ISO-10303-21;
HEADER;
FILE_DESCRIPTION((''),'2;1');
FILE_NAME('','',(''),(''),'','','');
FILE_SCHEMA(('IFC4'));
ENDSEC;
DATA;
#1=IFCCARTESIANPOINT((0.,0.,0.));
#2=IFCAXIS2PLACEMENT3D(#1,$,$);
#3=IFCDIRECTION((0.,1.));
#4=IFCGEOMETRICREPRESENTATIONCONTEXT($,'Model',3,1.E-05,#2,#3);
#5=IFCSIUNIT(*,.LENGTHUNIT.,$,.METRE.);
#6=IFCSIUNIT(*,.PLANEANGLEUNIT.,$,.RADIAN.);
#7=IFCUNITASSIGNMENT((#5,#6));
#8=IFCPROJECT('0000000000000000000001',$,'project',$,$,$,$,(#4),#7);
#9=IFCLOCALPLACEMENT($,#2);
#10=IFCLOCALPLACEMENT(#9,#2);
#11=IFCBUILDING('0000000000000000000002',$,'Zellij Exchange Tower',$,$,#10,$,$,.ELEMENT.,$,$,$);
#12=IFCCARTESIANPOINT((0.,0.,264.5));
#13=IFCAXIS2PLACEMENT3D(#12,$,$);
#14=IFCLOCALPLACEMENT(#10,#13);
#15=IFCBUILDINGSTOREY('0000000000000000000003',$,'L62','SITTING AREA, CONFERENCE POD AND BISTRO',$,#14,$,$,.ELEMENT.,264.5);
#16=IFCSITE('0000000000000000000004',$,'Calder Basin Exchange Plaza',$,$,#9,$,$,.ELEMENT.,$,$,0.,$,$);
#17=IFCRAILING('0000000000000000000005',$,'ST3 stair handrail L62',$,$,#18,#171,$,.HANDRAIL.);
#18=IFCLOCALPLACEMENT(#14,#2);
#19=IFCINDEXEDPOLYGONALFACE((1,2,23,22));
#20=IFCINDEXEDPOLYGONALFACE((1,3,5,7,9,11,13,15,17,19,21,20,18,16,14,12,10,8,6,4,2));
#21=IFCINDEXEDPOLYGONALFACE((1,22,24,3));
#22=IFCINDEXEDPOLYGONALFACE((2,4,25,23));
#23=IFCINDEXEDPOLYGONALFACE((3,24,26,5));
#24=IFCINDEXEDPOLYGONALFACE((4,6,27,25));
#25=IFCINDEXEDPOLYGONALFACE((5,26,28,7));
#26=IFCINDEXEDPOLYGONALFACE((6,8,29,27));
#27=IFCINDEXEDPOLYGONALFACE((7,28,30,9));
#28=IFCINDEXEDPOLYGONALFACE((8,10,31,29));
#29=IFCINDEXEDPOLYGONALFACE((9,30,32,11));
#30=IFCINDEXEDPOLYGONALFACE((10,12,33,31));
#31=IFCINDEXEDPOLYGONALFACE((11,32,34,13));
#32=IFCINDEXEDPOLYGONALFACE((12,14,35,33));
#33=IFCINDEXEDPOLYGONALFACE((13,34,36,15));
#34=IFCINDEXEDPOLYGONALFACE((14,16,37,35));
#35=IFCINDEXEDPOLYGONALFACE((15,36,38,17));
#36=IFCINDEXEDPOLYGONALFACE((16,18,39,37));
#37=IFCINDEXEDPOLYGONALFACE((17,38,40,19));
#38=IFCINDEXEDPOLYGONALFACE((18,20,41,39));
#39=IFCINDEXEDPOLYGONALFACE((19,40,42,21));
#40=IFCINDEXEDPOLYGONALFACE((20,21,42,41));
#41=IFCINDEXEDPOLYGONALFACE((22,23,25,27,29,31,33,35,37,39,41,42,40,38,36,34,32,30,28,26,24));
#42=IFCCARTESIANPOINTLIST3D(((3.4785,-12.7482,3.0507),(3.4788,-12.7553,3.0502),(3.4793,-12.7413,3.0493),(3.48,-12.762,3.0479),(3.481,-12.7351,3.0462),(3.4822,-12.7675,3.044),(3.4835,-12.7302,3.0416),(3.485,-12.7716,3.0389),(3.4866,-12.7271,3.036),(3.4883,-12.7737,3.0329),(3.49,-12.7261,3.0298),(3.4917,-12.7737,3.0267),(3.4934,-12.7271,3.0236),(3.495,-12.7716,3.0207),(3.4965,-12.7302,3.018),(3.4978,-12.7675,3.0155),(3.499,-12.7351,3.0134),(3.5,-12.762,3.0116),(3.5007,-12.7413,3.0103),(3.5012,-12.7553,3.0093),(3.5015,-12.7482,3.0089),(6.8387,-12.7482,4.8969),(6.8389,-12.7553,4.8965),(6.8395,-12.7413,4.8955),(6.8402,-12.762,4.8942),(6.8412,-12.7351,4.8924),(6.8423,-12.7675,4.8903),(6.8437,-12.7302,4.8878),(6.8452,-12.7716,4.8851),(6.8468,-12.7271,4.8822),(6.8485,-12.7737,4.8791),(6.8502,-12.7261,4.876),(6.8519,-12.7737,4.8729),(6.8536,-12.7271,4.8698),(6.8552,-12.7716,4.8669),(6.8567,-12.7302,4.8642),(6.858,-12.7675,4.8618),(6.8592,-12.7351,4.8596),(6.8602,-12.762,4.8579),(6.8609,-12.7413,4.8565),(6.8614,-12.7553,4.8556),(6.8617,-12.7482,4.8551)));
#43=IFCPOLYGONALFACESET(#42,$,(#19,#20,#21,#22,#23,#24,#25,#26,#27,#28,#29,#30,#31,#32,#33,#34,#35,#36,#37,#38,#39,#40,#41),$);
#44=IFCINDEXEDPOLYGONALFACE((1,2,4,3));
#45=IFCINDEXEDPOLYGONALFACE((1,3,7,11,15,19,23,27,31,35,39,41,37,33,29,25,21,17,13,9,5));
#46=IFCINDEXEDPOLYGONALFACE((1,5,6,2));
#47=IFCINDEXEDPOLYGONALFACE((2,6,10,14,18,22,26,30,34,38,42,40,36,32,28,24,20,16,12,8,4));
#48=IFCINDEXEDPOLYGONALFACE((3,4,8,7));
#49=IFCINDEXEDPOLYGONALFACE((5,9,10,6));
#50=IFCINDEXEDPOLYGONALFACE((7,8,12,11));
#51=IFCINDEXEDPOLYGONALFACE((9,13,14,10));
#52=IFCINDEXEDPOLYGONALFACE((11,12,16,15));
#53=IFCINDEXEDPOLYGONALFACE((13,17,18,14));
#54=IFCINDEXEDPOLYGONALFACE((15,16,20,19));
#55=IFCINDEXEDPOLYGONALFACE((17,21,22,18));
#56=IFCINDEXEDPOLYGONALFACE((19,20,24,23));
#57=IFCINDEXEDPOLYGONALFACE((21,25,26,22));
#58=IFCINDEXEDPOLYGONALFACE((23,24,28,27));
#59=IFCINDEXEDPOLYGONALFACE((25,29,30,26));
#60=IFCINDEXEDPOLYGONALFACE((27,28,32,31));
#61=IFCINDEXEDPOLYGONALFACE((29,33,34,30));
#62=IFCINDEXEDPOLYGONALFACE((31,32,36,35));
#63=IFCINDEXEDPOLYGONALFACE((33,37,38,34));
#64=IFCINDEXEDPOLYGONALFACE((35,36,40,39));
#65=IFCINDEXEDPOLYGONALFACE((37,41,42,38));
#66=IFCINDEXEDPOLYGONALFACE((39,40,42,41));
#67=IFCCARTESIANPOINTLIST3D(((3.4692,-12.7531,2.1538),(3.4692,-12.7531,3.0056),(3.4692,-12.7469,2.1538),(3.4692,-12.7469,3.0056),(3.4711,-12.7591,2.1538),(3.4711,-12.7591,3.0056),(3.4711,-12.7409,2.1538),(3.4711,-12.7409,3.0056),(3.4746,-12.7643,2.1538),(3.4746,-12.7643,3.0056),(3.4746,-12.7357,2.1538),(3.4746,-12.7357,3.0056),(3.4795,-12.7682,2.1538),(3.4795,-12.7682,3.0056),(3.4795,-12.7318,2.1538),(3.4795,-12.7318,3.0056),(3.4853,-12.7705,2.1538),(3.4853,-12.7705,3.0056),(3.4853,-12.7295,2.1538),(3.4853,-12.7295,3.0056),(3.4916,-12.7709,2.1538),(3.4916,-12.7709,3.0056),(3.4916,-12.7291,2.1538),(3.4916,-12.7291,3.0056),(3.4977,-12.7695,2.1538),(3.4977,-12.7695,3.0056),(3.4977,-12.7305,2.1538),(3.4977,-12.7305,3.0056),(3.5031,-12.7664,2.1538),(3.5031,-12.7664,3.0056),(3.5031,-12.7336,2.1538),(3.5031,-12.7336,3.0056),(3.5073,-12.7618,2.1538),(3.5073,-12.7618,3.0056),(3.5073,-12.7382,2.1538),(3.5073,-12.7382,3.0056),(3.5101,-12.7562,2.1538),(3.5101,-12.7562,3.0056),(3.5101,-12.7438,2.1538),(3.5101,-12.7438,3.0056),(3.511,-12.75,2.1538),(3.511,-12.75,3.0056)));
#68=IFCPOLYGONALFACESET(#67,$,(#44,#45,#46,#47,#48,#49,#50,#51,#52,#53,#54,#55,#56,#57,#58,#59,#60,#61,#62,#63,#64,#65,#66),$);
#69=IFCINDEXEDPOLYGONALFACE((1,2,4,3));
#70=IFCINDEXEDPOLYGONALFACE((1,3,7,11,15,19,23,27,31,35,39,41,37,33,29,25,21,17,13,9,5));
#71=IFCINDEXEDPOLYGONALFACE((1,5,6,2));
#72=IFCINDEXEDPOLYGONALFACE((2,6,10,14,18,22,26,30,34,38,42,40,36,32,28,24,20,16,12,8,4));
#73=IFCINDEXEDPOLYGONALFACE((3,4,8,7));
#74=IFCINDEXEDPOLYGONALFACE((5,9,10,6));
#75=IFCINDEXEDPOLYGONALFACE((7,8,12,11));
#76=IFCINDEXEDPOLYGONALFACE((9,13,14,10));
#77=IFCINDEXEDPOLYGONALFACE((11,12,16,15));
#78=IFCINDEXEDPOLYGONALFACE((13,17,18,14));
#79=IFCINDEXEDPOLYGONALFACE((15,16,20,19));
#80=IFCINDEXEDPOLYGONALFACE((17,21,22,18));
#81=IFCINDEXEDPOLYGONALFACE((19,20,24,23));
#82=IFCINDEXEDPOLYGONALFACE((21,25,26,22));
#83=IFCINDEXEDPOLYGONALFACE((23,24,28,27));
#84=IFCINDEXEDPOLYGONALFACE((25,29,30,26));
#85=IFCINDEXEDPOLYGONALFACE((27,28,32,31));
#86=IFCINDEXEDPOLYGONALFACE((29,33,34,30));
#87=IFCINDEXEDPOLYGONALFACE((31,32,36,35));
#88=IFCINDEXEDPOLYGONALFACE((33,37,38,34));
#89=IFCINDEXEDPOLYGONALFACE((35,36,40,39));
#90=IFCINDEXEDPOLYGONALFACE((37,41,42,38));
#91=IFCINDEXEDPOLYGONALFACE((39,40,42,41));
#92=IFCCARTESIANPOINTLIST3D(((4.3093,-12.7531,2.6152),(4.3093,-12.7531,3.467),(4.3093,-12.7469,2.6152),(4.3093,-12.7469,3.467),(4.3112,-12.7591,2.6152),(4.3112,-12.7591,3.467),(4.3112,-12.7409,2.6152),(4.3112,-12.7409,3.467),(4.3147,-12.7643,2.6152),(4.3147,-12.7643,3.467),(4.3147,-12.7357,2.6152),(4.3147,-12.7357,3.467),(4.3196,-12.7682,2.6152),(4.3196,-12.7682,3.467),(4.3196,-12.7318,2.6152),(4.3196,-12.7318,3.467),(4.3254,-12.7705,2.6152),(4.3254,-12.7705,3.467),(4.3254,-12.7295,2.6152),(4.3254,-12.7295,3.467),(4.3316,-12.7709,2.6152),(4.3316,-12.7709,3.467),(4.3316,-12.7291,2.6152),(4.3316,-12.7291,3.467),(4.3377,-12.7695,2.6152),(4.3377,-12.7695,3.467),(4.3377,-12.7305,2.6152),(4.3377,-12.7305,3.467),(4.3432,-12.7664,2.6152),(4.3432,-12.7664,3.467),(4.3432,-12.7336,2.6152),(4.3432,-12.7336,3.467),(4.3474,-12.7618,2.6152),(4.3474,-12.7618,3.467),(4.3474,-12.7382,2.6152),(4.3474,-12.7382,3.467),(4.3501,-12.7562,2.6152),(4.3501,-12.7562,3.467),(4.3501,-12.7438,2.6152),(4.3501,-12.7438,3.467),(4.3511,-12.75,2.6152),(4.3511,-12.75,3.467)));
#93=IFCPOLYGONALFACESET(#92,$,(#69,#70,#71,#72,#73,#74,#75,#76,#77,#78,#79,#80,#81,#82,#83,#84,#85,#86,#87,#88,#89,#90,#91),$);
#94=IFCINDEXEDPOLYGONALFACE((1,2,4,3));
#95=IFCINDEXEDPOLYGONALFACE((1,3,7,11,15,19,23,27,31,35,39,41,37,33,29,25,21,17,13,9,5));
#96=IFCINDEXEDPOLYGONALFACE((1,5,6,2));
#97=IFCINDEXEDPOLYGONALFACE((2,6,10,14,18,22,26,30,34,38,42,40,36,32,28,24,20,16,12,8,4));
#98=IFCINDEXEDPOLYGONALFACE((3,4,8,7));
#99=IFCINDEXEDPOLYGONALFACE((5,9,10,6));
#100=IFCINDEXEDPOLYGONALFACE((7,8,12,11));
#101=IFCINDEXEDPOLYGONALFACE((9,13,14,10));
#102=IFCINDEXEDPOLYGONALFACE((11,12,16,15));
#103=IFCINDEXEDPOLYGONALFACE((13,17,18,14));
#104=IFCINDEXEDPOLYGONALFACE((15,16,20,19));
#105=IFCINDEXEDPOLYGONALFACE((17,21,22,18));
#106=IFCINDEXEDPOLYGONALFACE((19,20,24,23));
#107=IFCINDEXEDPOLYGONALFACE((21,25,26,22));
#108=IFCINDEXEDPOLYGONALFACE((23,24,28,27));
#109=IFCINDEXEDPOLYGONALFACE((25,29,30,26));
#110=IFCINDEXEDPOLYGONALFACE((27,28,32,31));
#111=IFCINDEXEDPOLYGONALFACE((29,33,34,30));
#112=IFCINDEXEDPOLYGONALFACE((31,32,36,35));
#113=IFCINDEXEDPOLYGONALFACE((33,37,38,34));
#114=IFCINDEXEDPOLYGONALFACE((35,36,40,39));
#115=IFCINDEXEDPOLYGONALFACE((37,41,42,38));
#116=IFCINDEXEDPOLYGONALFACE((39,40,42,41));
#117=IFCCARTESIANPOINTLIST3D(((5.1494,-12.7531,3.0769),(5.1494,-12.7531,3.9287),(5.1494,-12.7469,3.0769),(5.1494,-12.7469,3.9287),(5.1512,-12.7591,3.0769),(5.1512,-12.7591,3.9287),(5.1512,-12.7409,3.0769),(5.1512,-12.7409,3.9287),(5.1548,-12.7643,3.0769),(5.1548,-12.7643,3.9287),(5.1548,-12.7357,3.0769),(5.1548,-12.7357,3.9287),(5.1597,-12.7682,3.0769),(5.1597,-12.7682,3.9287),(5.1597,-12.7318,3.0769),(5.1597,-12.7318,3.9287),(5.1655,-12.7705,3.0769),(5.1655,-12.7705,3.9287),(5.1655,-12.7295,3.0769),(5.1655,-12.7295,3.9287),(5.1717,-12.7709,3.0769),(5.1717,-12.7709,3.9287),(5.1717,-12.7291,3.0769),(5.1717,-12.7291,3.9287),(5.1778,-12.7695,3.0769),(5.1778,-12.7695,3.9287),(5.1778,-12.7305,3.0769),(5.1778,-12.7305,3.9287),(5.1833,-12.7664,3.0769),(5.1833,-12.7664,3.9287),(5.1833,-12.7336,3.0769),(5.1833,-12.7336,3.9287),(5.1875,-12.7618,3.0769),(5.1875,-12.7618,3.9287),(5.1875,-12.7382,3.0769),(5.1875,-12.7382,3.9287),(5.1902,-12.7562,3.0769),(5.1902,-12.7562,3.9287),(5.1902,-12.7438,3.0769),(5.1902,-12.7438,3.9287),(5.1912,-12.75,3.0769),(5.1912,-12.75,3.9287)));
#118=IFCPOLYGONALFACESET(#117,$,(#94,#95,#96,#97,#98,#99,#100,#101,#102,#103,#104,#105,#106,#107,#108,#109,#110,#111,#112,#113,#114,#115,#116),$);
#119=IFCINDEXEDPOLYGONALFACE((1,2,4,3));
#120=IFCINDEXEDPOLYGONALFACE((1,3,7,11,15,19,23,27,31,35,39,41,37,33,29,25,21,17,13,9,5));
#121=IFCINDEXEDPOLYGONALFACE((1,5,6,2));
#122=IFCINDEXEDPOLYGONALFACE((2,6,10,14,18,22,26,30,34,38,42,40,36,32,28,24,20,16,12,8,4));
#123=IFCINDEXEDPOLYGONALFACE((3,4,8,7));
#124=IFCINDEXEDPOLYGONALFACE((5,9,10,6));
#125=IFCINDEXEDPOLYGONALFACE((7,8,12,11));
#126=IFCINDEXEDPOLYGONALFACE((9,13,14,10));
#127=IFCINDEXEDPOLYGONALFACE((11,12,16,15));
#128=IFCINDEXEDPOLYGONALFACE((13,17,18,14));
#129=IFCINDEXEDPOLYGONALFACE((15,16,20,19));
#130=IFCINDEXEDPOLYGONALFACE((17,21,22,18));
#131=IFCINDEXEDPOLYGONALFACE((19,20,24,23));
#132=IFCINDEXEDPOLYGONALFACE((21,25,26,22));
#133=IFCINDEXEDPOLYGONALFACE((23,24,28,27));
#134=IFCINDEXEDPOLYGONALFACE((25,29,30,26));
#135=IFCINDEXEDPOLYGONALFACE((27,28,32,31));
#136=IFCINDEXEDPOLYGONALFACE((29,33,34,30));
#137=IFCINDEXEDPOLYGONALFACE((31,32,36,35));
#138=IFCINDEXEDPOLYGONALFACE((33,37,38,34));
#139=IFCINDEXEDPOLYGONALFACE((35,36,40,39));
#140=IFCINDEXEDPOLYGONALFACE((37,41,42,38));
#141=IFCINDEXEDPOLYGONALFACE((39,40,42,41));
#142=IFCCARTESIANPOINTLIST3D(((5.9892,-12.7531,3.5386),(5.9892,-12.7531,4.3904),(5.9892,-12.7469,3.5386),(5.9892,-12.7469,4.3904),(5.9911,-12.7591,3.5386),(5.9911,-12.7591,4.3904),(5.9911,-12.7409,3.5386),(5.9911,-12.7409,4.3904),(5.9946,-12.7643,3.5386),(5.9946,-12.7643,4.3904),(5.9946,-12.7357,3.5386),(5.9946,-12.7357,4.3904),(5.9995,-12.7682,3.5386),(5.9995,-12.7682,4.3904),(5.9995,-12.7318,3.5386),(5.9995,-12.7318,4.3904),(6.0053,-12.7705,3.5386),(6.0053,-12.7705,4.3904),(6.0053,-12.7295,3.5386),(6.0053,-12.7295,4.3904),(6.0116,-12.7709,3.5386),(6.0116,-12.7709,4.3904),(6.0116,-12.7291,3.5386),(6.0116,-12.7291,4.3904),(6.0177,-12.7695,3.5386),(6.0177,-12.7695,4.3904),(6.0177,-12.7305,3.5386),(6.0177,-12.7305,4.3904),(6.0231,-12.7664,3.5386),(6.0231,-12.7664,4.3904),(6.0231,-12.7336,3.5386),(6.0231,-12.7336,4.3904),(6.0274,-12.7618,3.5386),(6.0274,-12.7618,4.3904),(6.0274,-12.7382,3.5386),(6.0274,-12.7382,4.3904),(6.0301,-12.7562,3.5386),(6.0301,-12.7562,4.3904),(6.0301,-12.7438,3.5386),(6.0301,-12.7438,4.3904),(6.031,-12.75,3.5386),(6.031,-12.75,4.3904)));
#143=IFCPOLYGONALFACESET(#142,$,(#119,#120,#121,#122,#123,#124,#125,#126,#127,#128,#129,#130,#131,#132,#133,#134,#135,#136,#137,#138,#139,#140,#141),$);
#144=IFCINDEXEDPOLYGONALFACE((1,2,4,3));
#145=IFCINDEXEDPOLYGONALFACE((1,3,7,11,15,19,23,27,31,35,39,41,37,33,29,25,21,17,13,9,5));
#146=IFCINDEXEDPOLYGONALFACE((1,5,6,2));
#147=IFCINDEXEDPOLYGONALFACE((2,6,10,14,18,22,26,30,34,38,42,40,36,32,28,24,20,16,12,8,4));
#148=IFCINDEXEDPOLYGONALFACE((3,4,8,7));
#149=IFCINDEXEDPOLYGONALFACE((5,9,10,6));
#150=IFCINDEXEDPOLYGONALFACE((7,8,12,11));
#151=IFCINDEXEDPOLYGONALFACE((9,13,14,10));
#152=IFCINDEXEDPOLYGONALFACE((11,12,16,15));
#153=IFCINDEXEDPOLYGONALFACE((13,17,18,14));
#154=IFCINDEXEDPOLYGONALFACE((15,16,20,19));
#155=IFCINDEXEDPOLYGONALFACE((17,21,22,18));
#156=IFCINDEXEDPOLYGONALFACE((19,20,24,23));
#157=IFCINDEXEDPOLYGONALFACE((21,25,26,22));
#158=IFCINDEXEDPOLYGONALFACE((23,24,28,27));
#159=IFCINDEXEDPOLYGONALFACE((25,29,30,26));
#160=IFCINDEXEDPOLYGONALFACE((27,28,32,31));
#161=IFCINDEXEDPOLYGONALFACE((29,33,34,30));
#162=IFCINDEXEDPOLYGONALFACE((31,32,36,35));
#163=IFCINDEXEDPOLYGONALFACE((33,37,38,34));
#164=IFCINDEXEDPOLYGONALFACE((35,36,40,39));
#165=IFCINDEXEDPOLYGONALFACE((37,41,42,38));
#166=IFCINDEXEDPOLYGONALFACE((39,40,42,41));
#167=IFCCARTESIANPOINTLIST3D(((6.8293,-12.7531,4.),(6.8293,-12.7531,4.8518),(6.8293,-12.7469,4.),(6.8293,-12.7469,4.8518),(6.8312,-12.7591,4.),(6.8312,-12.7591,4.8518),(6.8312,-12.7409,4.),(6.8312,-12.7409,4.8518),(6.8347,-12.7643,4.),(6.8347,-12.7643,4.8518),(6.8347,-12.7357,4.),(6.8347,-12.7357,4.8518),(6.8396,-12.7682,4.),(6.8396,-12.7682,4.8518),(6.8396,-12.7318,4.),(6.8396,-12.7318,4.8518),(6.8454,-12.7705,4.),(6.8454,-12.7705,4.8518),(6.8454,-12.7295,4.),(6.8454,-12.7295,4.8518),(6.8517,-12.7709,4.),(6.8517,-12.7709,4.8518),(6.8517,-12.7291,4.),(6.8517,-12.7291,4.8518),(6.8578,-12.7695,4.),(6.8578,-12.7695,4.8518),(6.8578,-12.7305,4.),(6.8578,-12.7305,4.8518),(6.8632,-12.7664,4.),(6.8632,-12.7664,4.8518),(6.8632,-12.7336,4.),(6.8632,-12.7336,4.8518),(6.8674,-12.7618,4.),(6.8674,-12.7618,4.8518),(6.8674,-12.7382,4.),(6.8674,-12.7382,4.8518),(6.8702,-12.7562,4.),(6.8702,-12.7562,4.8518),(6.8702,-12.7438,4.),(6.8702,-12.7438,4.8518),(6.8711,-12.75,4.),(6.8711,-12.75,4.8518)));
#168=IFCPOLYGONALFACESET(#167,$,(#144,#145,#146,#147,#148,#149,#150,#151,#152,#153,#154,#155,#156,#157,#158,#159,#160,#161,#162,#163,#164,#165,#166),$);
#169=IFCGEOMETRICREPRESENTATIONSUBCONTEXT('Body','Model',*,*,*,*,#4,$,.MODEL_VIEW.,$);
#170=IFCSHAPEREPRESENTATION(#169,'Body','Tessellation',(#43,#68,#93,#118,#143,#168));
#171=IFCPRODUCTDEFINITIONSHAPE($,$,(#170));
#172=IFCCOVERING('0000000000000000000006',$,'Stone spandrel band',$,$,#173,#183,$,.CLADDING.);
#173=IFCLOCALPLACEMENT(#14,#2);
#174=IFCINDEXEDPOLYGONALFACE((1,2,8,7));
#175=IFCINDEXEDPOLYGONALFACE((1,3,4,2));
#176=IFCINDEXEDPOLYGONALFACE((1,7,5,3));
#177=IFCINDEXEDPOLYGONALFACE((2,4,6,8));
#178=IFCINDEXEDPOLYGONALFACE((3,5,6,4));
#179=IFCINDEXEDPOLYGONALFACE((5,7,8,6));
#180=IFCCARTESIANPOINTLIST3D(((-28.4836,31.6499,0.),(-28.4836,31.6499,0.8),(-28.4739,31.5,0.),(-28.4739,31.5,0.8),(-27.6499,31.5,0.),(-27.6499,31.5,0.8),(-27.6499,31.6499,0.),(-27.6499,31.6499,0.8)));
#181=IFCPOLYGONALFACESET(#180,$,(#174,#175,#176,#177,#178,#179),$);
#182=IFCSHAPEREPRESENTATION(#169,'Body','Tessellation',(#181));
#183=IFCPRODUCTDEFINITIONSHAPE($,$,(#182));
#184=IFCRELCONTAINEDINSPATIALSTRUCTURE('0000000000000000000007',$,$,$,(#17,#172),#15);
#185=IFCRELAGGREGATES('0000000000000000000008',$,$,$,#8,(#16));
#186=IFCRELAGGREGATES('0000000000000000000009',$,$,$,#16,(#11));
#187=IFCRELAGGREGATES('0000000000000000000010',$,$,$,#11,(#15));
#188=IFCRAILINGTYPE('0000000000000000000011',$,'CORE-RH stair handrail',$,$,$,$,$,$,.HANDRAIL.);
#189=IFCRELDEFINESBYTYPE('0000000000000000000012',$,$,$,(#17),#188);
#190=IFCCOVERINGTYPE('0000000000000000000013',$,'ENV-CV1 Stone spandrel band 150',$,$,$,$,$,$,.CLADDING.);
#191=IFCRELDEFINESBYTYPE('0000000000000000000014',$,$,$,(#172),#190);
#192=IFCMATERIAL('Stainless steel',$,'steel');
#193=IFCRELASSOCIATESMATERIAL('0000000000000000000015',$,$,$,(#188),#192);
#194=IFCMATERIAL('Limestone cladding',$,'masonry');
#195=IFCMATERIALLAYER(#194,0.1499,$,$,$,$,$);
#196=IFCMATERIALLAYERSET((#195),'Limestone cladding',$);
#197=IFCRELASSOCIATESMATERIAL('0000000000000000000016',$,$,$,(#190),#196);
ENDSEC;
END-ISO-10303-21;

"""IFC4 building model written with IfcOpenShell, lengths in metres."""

from ifc_helpers import new_model, si_unit, direction, frame, origin, origin_2d, place, context, subcontext, project, spatial, polyline, circle, outline, extrude, material, layer, layer_set, type_object, element, save


model = new_model("IFC4")

# Units and contexts
model_context = context("Model", 3, precision=1e-05, world=origin(), true_north=direction((0.0, 1.0)))
body_context = subcontext(model_context, "Body", "Model", "MODEL_VIEW")
ifc_project = project(units=[si_unit("LENGTHUNIT", "METRE"), si_unit("PLANEANGLEUNIT", "RADIAN")], contexts=[model_context])

# Site, building, storey
site_placement = place(None, origin())
site = spatial("IfcSite", under=ifc_project, at=site_placement, Name="Calder Basin Exchange Plaza", CompositionType="ELEMENT", RefElevation=0.0)
building_placement = place(site_placement, origin())
building = spatial("IfcBuilding", under=site, at=building_placement, Name="Zellij Exchange Tower", CompositionType="ELEMENT")
storey_placement = place(building_placement, frame((0.0, 0.0, 264.5)))
storey = spatial("IfcBuildingStorey", under=building, at=storey_placement, Name="L62", Description="SITTING AREA, CONFERENCE POD AND BISTRO", CompositionType="ELEMENT", Elevation=264.5)

# Railing
ifc_material_1 = material(Name="Stainless steel", Category="steel")
railing_type_1 = type_object("IfcRailingType", Name="CORE-RH stair handrail", PredefinedType="HANDRAIL", material=ifc_material_1)
railing_1_placement = place(storey_placement, frame((3.49, -12.75, 2.1538)))
element("IfcRailing", 1, at=railing_1_placement, inside=storey, type_object=railing_type_1, Name="ST3 stair handrail L62", PredefinedType="HANDRAIL", context=body_context, shape_type="SweptSolid", body=[
    extrude(circle(Radius=0.0239, at=origin_2d()), frame((0.0, 0.0, 0.876), z_axis=(0.876422, 0.0, 0.481545), x_axis=(0.0, 1.0, 0.0)), (0.0, 0.0, 1.0), 3.834),
    extrude(circle(Radius=0.021, at=origin_2d()), origin(), (0.0, 0.0, 1.0), 0.8518),
    extrude(circle(Radius=0.021, at=origin_2d()), frame((0.8401, 0.0, 0.4614)), (0.0, 0.0, 1.0), 0.8518),
    extrude(circle(Radius=0.021, at=origin_2d()), frame((1.6802, 0.0, 0.9231)), (0.0, 0.0, 1.0), 0.8518),
    extrude(circle(Radius=0.021, at=origin_2d()), frame((2.52, 0.0, 1.3848)), (0.0, 0.0, 1.0), 0.8518),
    extrude(circle(Radius=0.021, at=origin_2d()), frame((3.3601, 0.0, 1.8462)), (0.0, 0.0, 1.0), 0.8518),
])

# Covering
ifc_material_2 = material(Name="Limestone cladding", Category="masonry")
ifc_layer_1 = layer(ifc_material_2, 0.1499)
ifc_layer_set_1 = layer_set([ifc_layer_1], Name="Limestone cladding")
covering_type_1 = type_object("IfcCoveringType", Name="ENV-CV1 Stone spandrel band 150", PredefinedType="CLADDING", material=ifc_layer_set_1)
covering_1_placement = place(storey_placement, origin())
element("IfcCovering", 2, at=covering_1_placement, inside=storey, type_object=covering_type_1, Name="Stone spandrel band", PredefinedType="CLADDING", context=body_context, shape_type="SweptSolid", body=[
    extrude(outline(polyline([(-27.6499, 31.5), (-28.4739, 31.5), (-28.4836, 31.6499), (-27.6499, 31.6499), (-27.6499, 31.5)])), origin(), (0.0, 0.0, 1.0), 0.8),
])

save(model, "model.ifc")
